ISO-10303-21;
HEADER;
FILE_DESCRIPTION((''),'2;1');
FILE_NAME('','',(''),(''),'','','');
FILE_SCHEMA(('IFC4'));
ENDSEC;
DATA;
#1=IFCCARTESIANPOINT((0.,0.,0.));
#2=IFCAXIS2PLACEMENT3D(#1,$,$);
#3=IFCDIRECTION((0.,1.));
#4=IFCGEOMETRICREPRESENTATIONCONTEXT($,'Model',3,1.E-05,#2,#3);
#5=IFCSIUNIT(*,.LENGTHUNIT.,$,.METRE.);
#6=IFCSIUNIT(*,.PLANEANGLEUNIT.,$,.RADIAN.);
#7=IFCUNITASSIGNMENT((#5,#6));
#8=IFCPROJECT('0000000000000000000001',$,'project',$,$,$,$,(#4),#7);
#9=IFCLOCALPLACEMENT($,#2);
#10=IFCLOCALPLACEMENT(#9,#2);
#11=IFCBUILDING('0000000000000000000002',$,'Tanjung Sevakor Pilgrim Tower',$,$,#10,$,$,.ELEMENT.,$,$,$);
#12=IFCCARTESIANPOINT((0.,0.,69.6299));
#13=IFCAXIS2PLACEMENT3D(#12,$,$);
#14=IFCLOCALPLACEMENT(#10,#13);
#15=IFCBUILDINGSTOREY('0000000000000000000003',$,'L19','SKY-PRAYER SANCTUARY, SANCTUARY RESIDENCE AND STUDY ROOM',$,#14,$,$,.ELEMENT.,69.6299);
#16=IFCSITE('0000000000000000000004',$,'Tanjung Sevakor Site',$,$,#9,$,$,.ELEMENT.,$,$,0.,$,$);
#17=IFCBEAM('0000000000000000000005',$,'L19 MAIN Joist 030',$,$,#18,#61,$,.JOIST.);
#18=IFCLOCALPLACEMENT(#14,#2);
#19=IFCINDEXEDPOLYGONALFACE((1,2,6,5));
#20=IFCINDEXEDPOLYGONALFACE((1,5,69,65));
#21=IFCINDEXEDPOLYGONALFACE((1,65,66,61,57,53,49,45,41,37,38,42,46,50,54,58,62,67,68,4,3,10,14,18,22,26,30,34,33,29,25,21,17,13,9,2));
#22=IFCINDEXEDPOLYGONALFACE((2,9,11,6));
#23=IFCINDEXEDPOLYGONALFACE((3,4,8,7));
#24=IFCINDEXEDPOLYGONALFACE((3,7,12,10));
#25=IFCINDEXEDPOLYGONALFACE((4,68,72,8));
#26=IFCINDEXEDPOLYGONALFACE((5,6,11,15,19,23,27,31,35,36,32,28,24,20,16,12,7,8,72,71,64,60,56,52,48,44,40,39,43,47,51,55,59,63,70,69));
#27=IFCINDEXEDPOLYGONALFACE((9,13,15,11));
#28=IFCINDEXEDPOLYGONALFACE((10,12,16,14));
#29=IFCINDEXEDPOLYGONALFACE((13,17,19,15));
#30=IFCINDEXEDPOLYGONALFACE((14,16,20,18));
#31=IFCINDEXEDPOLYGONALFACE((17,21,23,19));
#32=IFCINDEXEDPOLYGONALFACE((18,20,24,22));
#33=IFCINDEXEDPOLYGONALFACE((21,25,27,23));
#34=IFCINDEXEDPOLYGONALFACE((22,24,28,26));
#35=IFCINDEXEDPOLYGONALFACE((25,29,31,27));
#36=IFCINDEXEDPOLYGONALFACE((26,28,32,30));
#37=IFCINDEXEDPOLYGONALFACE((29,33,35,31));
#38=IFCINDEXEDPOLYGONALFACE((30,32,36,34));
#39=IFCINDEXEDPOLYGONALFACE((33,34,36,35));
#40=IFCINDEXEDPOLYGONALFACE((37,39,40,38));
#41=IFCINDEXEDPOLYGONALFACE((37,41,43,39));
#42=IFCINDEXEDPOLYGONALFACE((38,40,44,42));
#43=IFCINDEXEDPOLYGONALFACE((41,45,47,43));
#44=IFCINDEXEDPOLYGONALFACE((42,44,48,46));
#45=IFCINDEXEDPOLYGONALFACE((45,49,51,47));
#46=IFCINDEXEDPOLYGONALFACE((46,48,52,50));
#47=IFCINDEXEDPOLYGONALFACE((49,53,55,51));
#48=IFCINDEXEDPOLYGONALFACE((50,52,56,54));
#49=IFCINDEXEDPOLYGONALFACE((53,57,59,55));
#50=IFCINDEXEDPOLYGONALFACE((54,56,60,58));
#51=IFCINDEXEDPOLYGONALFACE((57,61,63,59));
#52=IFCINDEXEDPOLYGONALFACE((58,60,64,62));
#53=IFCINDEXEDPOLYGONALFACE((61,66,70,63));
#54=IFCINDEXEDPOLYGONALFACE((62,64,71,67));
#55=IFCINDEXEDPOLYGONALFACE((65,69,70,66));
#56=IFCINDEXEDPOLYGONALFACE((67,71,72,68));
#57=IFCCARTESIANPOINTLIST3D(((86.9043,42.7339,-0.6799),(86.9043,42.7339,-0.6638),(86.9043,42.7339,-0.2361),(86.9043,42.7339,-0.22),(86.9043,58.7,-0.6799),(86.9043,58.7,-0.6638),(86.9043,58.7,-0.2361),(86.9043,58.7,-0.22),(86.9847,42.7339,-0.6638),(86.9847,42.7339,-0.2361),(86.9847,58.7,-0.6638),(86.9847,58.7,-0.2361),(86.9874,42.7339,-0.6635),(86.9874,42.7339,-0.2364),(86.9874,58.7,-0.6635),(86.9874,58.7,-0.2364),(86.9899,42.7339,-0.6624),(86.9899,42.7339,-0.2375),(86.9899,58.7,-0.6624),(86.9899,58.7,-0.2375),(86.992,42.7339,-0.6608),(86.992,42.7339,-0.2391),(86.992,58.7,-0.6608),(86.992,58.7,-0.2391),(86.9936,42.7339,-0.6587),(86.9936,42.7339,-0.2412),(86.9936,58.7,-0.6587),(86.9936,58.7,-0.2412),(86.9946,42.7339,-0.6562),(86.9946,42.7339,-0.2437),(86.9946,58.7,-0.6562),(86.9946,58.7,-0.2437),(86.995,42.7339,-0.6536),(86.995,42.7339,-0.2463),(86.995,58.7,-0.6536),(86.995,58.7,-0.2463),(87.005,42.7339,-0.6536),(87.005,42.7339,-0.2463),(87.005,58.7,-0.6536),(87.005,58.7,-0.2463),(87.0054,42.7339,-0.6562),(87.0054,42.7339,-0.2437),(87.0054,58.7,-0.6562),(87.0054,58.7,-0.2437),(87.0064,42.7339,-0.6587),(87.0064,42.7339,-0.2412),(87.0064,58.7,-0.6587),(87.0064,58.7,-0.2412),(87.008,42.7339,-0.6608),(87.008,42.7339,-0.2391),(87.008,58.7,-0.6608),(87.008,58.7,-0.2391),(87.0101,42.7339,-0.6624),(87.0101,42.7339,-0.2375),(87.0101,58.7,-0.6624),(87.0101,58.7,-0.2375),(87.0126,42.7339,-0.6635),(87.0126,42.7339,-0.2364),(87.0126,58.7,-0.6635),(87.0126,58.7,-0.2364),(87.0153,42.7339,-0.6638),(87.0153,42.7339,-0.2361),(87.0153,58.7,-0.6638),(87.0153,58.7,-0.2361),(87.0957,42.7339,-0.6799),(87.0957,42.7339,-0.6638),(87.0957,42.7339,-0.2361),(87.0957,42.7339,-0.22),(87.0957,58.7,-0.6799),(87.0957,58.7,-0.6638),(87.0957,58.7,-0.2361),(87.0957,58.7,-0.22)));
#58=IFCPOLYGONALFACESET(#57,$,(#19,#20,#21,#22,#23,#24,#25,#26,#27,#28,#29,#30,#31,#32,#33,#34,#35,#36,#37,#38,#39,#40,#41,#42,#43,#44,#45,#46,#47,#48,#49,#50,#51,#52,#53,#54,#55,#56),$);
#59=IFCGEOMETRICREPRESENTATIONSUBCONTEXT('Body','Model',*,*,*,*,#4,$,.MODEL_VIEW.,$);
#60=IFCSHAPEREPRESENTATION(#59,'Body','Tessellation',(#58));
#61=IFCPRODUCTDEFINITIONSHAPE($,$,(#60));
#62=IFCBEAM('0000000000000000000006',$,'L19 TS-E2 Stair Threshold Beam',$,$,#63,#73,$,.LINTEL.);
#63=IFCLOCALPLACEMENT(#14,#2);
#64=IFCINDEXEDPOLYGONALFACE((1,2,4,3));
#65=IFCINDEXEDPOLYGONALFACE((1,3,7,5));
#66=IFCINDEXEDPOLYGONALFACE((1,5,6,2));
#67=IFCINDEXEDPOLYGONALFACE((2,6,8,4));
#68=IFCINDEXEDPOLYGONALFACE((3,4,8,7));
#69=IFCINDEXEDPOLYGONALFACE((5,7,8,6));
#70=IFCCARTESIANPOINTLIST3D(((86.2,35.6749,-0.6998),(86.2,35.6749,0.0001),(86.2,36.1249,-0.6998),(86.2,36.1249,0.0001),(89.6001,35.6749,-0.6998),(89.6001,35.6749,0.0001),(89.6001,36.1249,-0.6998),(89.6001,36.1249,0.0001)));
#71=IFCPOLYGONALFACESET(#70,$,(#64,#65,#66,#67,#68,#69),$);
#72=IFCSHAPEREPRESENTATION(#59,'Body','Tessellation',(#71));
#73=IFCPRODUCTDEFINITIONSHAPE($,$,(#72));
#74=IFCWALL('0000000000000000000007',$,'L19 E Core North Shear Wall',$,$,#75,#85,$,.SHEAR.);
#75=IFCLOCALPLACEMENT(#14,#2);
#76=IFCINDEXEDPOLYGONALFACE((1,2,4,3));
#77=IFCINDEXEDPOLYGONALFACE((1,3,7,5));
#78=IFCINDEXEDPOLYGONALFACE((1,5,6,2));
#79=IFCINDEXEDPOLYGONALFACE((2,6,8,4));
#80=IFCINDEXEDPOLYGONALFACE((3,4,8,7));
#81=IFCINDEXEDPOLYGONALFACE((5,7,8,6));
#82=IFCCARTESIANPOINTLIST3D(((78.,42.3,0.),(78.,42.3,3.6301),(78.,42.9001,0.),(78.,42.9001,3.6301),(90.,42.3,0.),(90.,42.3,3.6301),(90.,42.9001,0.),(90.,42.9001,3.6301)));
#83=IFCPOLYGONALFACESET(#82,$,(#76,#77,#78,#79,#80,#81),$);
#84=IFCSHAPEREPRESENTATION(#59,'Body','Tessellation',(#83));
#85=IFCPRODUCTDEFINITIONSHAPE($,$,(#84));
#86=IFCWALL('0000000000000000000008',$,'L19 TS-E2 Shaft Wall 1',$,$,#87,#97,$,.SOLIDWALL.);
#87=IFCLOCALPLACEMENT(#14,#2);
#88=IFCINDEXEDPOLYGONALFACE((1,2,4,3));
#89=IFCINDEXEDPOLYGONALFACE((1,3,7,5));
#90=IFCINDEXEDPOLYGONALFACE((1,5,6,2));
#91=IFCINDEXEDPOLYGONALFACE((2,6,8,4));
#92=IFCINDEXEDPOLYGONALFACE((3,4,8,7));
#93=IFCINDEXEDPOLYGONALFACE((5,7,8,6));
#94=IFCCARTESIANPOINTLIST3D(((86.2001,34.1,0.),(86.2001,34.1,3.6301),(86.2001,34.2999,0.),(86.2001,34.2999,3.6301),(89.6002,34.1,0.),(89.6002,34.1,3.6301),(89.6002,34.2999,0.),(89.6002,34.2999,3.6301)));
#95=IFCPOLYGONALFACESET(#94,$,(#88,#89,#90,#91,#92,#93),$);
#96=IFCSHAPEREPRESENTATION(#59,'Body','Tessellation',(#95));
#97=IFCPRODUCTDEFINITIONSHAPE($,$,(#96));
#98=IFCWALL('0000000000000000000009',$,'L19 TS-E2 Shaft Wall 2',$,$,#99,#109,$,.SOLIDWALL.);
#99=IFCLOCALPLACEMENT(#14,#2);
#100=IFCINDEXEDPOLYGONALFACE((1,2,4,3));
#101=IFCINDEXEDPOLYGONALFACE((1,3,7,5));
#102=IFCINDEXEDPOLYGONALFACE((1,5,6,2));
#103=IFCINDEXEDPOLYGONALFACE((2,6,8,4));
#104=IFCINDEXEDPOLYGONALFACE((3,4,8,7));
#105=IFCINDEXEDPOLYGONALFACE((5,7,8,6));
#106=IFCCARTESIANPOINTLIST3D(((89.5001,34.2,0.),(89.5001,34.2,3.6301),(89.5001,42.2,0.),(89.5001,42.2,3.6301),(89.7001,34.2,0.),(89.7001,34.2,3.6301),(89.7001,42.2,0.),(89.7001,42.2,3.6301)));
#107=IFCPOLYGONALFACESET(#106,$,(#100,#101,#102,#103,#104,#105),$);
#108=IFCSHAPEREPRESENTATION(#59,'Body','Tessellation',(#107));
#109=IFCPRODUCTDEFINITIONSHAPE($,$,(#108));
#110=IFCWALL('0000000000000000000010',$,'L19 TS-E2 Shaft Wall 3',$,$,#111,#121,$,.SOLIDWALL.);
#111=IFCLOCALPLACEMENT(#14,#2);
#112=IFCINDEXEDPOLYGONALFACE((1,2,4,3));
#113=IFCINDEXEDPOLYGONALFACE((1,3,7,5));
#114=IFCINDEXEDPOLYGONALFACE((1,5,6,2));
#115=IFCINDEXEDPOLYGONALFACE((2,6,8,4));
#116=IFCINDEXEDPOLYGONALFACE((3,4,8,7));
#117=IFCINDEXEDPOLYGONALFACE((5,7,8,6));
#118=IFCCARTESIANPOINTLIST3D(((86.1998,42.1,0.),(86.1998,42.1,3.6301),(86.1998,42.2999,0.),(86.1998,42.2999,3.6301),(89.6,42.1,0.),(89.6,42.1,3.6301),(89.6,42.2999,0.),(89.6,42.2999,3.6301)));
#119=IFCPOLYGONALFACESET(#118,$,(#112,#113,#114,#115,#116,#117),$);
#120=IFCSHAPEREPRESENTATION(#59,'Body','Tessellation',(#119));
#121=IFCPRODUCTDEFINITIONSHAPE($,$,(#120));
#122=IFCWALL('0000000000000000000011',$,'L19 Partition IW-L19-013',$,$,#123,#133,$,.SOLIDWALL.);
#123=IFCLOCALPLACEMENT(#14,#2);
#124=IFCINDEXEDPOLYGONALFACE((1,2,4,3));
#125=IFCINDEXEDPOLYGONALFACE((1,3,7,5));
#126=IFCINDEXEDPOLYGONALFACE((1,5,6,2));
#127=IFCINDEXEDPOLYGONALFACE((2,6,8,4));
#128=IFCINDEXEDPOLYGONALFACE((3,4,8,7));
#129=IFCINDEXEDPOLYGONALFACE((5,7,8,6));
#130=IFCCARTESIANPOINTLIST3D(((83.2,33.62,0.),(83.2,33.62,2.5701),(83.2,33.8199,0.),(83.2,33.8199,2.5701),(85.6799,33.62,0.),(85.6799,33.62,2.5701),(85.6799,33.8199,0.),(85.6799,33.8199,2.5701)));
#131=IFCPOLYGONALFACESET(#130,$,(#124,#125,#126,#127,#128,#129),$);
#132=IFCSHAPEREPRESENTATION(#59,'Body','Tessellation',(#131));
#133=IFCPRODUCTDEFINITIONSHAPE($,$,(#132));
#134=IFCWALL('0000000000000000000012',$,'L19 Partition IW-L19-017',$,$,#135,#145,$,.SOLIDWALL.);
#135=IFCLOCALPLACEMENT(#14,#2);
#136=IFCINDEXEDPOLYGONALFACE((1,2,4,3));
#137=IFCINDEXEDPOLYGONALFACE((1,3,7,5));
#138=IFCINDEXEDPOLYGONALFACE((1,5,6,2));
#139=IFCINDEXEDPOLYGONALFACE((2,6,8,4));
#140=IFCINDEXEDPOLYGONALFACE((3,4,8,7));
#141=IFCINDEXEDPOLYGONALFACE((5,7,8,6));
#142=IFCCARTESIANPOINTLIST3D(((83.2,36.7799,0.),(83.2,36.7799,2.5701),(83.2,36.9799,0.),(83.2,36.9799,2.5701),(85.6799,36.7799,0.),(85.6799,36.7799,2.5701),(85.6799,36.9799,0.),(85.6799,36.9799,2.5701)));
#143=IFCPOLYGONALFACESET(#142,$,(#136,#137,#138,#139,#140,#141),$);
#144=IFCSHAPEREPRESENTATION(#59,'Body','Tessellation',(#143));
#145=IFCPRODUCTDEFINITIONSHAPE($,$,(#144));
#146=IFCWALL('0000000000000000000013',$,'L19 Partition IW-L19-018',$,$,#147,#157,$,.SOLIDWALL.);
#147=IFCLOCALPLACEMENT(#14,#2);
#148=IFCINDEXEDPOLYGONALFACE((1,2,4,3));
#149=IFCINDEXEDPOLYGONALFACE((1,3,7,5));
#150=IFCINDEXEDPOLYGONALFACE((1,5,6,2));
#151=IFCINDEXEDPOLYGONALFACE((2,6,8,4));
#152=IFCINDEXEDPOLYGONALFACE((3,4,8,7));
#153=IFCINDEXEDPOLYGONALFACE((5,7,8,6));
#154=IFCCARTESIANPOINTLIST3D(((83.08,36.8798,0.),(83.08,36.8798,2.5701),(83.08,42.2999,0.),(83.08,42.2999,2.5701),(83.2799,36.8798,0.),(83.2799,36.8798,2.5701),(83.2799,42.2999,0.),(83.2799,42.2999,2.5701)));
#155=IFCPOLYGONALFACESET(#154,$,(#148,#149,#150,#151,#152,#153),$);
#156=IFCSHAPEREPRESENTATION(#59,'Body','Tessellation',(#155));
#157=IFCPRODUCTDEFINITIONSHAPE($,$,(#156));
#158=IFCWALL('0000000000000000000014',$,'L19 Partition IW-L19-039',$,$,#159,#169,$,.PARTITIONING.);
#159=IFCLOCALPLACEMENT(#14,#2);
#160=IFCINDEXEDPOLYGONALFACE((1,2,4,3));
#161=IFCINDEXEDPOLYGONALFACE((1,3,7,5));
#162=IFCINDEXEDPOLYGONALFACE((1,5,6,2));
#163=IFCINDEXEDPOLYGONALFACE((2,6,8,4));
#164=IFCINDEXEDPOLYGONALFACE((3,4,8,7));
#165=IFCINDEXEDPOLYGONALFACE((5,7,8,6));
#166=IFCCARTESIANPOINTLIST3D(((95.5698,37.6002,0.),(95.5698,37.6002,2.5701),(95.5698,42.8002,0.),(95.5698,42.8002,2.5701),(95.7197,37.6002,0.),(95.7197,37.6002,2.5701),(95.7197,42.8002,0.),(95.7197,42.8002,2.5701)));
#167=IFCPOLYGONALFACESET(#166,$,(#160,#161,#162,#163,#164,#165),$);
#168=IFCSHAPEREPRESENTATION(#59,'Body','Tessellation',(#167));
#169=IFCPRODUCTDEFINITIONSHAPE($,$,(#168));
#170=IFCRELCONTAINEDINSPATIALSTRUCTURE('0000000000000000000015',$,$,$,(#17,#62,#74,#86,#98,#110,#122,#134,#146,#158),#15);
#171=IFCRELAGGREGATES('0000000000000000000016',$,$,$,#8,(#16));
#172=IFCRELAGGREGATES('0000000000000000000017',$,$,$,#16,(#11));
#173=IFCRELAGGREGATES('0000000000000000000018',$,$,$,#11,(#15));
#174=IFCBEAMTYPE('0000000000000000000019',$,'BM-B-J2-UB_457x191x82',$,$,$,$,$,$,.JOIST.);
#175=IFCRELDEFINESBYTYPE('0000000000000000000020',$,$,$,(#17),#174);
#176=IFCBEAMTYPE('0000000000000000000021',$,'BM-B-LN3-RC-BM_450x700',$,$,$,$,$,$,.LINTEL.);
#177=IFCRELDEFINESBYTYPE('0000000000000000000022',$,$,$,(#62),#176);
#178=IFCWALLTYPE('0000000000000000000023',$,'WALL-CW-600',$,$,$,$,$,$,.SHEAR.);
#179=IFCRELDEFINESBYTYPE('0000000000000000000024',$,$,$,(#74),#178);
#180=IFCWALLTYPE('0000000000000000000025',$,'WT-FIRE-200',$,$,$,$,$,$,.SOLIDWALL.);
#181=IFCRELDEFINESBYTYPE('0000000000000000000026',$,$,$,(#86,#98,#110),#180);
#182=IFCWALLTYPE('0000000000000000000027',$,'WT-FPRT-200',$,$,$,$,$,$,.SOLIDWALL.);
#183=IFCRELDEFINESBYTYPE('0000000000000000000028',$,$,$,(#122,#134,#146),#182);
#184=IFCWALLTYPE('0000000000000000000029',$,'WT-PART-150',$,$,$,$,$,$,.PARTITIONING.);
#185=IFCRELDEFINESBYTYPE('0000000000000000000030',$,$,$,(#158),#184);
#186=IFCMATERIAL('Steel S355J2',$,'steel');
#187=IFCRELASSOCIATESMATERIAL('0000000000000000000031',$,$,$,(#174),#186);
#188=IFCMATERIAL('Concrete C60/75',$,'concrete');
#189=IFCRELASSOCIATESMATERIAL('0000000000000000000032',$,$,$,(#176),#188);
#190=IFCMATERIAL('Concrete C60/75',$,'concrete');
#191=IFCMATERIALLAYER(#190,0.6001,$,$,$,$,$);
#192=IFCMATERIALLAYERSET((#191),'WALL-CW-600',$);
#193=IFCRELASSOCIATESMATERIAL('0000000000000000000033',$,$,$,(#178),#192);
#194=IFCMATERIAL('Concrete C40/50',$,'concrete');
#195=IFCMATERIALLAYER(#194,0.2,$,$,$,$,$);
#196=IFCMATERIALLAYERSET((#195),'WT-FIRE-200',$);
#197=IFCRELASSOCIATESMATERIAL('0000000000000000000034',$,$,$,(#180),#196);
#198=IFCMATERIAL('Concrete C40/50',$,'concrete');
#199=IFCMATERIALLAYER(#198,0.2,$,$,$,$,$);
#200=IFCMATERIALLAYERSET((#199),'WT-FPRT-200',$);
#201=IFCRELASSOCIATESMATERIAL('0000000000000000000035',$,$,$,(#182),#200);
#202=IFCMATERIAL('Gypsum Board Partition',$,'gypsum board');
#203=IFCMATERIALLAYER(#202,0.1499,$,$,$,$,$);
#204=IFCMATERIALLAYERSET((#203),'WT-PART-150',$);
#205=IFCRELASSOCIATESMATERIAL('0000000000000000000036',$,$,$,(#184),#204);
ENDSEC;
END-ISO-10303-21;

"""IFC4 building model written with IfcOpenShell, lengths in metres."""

from ifc_helpers import new_model, si_unit, direction, frame, frame_2d, origin, origin_2d, place, context, subcontext, project, spatial, rectangle, i_section, extrude, material, layer, layer_set, material_profile, profile_set, type_object, element, save


model = new_model("IFC4")

# Units and contexts
model_context = context("Model", 3, precision=1e-05, world=origin(), true_north=direction((0.0, 1.0)))
body_context = subcontext(model_context, "Body", "Model", "MODEL_VIEW")
ifc_project = project(units=[si_unit("LENGTHUNIT", "METRE"), si_unit("PLANEANGLEUNIT", "RADIAN")], contexts=[model_context])

# Site, building, storey
site_placement = place(None, origin())
site = spatial("IfcSite", under=ifc_project, at=site_placement, Name="Tanjung Sevakor Site", CompositionType="ELEMENT", RefElevation=0.0)
building_placement = place(site_placement, origin())
building = spatial("IfcBuilding", under=site, at=building_placement, Name="Tanjung Sevakor Pilgrim Tower", CompositionType="ELEMENT")
storey_placement = place(building_placement, frame((0.0, 0.0, 69.6299)))
storey = spatial("IfcBuildingStorey", under=building, at=storey_placement, Name="L19", Description="SKY-PRAYER SANCTUARY, SANCTUARY RESIDENCE AND STUDY ROOM", CompositionType="ELEMENT", Elevation=69.6299)

# Beams
ifc_material_1 = material(Name="Steel S355J2", Category="steel")
ifc_material_profile_1 = material_profile(ifc_material_1, i_section(OverallWidth=0.1914, OverallDepth=0.46, WebThickness=0.01, FlangeThickness=0.0161, FilletRadius=0.0103, at=origin_2d()))
ifc_profile_set_1 = profile_set([ifc_material_profile_1], Name="Steel S355J2")
beam_type_1 = type_object("IfcBeamType", Name="BM-B-J2-UB_457x191x82", PredefinedType="JOIST", material=ifc_profile_set_1)
beam_1_placement = place(storey_placement, frame((87.0, 42.7339, -0.45), z_axis=(0.0, 1.0, 0.0), x_axis=(-1.0, 0.0, 0.0)))
element("IfcBeam", 1, at=beam_1_placement, inside=storey, type_object=beam_type_1, Name="L19 MAIN Joist 030", PredefinedType="JOIST", context=body_context, shape_type="SweptSolid", body=[
    extrude(i_section(OverallWidth=0.1914, OverallDepth=0.46, WebThickness=0.01, FlangeThickness=0.0161, FilletRadius=0.0103, at=origin_2d()), origin(), (0.0, 0.0, 1.0), 15.9661),
])
ifc_material_2 = material(Name="Concrete C60/75", Category="concrete")
ifc_material_profile_2 = material_profile(ifc_material_2, rectangle(XDim=0.45, YDim=0.7, at=origin_2d()))
ifc_profile_set_2 = profile_set([ifc_material_profile_2], Name="Concrete C60/75")
beam_type_2 = type_object("IfcBeamType", Name="BM-B-LN3-RC-BM_450x700", PredefinedType="LINTEL", material=ifc_profile_set_2)
beam_2_placement = place(storey_placement, frame((86.2, 35.8999, -0.3499), z_axis=(1.0, 0.0, 0.0), x_axis=(0.0, 1.0, 0.0)))
element("IfcBeam", 2, at=beam_2_placement, inside=storey, type_object=beam_type_2, Name="L19 TS-E2 Stair Threshold Beam", PredefinedType="LINTEL", context=body_context, shape_type="SweptSolid", body=[
    extrude(rectangle(XDim=0.45, YDim=0.7, at=origin_2d()), origin(), (0.0, 0.0, 1.0), 3.4001),
])

# Walls
ifc_material_3 = material(Name="Concrete C60/75", Category="concrete")
ifc_layer_1 = layer(ifc_material_3, 0.6001)
ifc_layer_set_1 = layer_set([ifc_layer_1], Name="WALL-CW-600")
wall_type_1 = type_object("IfcWallType", Name="WALL-CW-600", PredefinedType="SHEAR", material=ifc_layer_set_1)
wall_1_placement = place(storey_placement, frame((90.0, 42.6001, 0.0), z_axis=(0.0, 0.0, 1.0), x_axis=(-1.0, 0.0, 0.0)))
element("IfcWall", 3, at=wall_1_placement, inside=storey, type_object=wall_type_1, Name="L19 E Core North Shear Wall", PredefinedType="SHEAR", context=body_context, shape_type="SweptSolid", body=[
    extrude(rectangle(XDim=12.0, YDim=0.6001, at=frame_2d((6.0, 0.0))), origin(), (0.0, 0.0, 1.0), 3.6301),
])
ifc_material_4 = material(Name="Concrete C40/50", Category="concrete")
ifc_layer_2 = layer(ifc_material_4, 0.2)
ifc_layer_set_2 = layer_set([ifc_layer_2], Name="WT-FIRE-200")
wall_type_2 = type_object("IfcWallType", Name="WT-FIRE-200", PredefinedType="SOLIDWALL", material=ifc_layer_set_2)
wall_2_placement = place(storey_placement, frame((86.2, 34.2, 0.0), z_axis=(0.0, 0.0, 1.0), x_axis=(1.0, 0.0, 0.0)))
element("IfcWall", 4, at=wall_2_placement, inside=storey, type_object=wall_type_2, Name="L19 TS-E2 Shaft Wall 1", PredefinedType="SOLIDWALL", context=body_context, shape_type="SweptSolid", body=[
    extrude(rectangle(XDim=3.4001, YDim=0.2, at=frame_2d((1.7002, 0.0))), origin(), (0.0, 0.0, 1.0), 3.6301),
])
wall_3_placement = place(storey_placement, frame((89.6001, 34.2, 0.0), z_axis=(0.0, 0.0, 1.0), x_axis=(0.0, 1.0, 0.0)))
element("IfcWall", 5, at=wall_3_placement, inside=storey, type_object=wall_type_2, Name="L19 TS-E2 Shaft Wall 2", PredefinedType="SOLIDWALL", context=body_context, shape_type="SweptSolid", body=[
    extrude(rectangle(XDim=8.0, YDim=0.2, at=frame_2d((4.0, 0.0))), origin(), (0.0, 0.0, 1.0), 3.6301),
])
wall_4_placement = place(storey_placement, frame((89.6001, 42.2, 0.0), z_axis=(0.0, 0.0, 1.0), x_axis=(-1.0, 0.0, 0.0)))
element("IfcWall", 6, at=wall_4_placement, inside=storey, type_object=wall_type_2, Name="L19 TS-E2 Shaft Wall 3", PredefinedType="SOLIDWALL", context=body_context, shape_type="SweptSolid", body=[
    extrude(rectangle(XDim=3.4001, YDim=0.2, at=frame_2d((1.7002, 0.0))), origin(), (0.0, 0.0, 1.0), 3.6301),
])
ifc_material_5 = material(Name="Concrete C40/50", Category="concrete")
ifc_layer_3 = layer(ifc_material_5, 0.2)
ifc_layer_set_3 = layer_set([ifc_layer_3], Name="WT-FPRT-200")
wall_type_3 = type_object("IfcWallType", Name="WT-FPRT-200", PredefinedType="SOLIDWALL", material=ifc_layer_set_3)
for number, where, z_axis, x_axis, name in (
    (7, (83.2, 33.72, 0.0), (0.0, 0.0, 1.0), (1.0, 0.0, 0.0), "L19 Partition IW-L19-013"),
    (8, (83.2, 36.8799, 0.0), (0.0, 0.0, 1.0), (1.0, 0.0, 0.0), "L19 Partition IW-L19-017"),
):
    element("IfcWall", number, at=place(storey_placement, frame(where, z_axis=z_axis, x_axis=x_axis)), inside=storey, type_object=wall_type_3, Name=name, PredefinedType="SOLIDWALL", context=body_context, shape_type="SweptSolid", body=[
        extrude(rectangle(XDim=2.48, YDim=0.2, at=frame_2d((1.24, 0.0))), origin(), (0.0, 0.0, 1.0), 2.5701),
    ])
wall_5_placement = place(storey_placement, frame((83.1799, 36.8799, 0.0), z_axis=(0.0, 0.0, 1.0), x_axis=(0.0, 1.0, 0.0)))
element("IfcWall", 9, at=wall_5_placement, inside=storey, type_object=wall_type_3, Name="L19 Partition IW-L19-018", PredefinedType="SOLIDWALL", context=body_context, shape_type="SweptSolid", body=[
    extrude(rectangle(XDim=5.4202, YDim=0.2, at=frame_2d((2.71, 0.0))), origin(), (0.0, 0.0, 1.0), 2.5701),
])
ifc_material_6 = material(Name="Gypsum Board Partition", Category="gypsum board")
ifc_layer_4 = layer(ifc_material_6, 0.1499)
ifc_layer_set_4 = layer_set([ifc_layer_4], Name="WT-PART-150")
wall_type_4 = type_object("IfcWallType", Name="WT-PART-150", PredefinedType="PARTITIONING", material=ifc_layer_set_4)
wall_6_placement = place(storey_placement, frame((95.6448, 37.6001, 0.0), z_axis=(0.0, 0.0, 1.0), x_axis=(0.0, 1.0, 0.0)))
element("IfcWall", 10, at=wall_6_placement, inside=storey, type_object=wall_type_4, Name="L19 Partition IW-L19-039", PredefinedType="PARTITIONING", context=body_context, shape_type="SweptSolid", body=[
    extrude(rectangle(XDim=5.2, YDim=0.1499, at=frame_2d((2.6001, 0.0))), origin(), (0.0, 0.0, 1.0), 2.5701),
])

save(model, "model.ifc")
